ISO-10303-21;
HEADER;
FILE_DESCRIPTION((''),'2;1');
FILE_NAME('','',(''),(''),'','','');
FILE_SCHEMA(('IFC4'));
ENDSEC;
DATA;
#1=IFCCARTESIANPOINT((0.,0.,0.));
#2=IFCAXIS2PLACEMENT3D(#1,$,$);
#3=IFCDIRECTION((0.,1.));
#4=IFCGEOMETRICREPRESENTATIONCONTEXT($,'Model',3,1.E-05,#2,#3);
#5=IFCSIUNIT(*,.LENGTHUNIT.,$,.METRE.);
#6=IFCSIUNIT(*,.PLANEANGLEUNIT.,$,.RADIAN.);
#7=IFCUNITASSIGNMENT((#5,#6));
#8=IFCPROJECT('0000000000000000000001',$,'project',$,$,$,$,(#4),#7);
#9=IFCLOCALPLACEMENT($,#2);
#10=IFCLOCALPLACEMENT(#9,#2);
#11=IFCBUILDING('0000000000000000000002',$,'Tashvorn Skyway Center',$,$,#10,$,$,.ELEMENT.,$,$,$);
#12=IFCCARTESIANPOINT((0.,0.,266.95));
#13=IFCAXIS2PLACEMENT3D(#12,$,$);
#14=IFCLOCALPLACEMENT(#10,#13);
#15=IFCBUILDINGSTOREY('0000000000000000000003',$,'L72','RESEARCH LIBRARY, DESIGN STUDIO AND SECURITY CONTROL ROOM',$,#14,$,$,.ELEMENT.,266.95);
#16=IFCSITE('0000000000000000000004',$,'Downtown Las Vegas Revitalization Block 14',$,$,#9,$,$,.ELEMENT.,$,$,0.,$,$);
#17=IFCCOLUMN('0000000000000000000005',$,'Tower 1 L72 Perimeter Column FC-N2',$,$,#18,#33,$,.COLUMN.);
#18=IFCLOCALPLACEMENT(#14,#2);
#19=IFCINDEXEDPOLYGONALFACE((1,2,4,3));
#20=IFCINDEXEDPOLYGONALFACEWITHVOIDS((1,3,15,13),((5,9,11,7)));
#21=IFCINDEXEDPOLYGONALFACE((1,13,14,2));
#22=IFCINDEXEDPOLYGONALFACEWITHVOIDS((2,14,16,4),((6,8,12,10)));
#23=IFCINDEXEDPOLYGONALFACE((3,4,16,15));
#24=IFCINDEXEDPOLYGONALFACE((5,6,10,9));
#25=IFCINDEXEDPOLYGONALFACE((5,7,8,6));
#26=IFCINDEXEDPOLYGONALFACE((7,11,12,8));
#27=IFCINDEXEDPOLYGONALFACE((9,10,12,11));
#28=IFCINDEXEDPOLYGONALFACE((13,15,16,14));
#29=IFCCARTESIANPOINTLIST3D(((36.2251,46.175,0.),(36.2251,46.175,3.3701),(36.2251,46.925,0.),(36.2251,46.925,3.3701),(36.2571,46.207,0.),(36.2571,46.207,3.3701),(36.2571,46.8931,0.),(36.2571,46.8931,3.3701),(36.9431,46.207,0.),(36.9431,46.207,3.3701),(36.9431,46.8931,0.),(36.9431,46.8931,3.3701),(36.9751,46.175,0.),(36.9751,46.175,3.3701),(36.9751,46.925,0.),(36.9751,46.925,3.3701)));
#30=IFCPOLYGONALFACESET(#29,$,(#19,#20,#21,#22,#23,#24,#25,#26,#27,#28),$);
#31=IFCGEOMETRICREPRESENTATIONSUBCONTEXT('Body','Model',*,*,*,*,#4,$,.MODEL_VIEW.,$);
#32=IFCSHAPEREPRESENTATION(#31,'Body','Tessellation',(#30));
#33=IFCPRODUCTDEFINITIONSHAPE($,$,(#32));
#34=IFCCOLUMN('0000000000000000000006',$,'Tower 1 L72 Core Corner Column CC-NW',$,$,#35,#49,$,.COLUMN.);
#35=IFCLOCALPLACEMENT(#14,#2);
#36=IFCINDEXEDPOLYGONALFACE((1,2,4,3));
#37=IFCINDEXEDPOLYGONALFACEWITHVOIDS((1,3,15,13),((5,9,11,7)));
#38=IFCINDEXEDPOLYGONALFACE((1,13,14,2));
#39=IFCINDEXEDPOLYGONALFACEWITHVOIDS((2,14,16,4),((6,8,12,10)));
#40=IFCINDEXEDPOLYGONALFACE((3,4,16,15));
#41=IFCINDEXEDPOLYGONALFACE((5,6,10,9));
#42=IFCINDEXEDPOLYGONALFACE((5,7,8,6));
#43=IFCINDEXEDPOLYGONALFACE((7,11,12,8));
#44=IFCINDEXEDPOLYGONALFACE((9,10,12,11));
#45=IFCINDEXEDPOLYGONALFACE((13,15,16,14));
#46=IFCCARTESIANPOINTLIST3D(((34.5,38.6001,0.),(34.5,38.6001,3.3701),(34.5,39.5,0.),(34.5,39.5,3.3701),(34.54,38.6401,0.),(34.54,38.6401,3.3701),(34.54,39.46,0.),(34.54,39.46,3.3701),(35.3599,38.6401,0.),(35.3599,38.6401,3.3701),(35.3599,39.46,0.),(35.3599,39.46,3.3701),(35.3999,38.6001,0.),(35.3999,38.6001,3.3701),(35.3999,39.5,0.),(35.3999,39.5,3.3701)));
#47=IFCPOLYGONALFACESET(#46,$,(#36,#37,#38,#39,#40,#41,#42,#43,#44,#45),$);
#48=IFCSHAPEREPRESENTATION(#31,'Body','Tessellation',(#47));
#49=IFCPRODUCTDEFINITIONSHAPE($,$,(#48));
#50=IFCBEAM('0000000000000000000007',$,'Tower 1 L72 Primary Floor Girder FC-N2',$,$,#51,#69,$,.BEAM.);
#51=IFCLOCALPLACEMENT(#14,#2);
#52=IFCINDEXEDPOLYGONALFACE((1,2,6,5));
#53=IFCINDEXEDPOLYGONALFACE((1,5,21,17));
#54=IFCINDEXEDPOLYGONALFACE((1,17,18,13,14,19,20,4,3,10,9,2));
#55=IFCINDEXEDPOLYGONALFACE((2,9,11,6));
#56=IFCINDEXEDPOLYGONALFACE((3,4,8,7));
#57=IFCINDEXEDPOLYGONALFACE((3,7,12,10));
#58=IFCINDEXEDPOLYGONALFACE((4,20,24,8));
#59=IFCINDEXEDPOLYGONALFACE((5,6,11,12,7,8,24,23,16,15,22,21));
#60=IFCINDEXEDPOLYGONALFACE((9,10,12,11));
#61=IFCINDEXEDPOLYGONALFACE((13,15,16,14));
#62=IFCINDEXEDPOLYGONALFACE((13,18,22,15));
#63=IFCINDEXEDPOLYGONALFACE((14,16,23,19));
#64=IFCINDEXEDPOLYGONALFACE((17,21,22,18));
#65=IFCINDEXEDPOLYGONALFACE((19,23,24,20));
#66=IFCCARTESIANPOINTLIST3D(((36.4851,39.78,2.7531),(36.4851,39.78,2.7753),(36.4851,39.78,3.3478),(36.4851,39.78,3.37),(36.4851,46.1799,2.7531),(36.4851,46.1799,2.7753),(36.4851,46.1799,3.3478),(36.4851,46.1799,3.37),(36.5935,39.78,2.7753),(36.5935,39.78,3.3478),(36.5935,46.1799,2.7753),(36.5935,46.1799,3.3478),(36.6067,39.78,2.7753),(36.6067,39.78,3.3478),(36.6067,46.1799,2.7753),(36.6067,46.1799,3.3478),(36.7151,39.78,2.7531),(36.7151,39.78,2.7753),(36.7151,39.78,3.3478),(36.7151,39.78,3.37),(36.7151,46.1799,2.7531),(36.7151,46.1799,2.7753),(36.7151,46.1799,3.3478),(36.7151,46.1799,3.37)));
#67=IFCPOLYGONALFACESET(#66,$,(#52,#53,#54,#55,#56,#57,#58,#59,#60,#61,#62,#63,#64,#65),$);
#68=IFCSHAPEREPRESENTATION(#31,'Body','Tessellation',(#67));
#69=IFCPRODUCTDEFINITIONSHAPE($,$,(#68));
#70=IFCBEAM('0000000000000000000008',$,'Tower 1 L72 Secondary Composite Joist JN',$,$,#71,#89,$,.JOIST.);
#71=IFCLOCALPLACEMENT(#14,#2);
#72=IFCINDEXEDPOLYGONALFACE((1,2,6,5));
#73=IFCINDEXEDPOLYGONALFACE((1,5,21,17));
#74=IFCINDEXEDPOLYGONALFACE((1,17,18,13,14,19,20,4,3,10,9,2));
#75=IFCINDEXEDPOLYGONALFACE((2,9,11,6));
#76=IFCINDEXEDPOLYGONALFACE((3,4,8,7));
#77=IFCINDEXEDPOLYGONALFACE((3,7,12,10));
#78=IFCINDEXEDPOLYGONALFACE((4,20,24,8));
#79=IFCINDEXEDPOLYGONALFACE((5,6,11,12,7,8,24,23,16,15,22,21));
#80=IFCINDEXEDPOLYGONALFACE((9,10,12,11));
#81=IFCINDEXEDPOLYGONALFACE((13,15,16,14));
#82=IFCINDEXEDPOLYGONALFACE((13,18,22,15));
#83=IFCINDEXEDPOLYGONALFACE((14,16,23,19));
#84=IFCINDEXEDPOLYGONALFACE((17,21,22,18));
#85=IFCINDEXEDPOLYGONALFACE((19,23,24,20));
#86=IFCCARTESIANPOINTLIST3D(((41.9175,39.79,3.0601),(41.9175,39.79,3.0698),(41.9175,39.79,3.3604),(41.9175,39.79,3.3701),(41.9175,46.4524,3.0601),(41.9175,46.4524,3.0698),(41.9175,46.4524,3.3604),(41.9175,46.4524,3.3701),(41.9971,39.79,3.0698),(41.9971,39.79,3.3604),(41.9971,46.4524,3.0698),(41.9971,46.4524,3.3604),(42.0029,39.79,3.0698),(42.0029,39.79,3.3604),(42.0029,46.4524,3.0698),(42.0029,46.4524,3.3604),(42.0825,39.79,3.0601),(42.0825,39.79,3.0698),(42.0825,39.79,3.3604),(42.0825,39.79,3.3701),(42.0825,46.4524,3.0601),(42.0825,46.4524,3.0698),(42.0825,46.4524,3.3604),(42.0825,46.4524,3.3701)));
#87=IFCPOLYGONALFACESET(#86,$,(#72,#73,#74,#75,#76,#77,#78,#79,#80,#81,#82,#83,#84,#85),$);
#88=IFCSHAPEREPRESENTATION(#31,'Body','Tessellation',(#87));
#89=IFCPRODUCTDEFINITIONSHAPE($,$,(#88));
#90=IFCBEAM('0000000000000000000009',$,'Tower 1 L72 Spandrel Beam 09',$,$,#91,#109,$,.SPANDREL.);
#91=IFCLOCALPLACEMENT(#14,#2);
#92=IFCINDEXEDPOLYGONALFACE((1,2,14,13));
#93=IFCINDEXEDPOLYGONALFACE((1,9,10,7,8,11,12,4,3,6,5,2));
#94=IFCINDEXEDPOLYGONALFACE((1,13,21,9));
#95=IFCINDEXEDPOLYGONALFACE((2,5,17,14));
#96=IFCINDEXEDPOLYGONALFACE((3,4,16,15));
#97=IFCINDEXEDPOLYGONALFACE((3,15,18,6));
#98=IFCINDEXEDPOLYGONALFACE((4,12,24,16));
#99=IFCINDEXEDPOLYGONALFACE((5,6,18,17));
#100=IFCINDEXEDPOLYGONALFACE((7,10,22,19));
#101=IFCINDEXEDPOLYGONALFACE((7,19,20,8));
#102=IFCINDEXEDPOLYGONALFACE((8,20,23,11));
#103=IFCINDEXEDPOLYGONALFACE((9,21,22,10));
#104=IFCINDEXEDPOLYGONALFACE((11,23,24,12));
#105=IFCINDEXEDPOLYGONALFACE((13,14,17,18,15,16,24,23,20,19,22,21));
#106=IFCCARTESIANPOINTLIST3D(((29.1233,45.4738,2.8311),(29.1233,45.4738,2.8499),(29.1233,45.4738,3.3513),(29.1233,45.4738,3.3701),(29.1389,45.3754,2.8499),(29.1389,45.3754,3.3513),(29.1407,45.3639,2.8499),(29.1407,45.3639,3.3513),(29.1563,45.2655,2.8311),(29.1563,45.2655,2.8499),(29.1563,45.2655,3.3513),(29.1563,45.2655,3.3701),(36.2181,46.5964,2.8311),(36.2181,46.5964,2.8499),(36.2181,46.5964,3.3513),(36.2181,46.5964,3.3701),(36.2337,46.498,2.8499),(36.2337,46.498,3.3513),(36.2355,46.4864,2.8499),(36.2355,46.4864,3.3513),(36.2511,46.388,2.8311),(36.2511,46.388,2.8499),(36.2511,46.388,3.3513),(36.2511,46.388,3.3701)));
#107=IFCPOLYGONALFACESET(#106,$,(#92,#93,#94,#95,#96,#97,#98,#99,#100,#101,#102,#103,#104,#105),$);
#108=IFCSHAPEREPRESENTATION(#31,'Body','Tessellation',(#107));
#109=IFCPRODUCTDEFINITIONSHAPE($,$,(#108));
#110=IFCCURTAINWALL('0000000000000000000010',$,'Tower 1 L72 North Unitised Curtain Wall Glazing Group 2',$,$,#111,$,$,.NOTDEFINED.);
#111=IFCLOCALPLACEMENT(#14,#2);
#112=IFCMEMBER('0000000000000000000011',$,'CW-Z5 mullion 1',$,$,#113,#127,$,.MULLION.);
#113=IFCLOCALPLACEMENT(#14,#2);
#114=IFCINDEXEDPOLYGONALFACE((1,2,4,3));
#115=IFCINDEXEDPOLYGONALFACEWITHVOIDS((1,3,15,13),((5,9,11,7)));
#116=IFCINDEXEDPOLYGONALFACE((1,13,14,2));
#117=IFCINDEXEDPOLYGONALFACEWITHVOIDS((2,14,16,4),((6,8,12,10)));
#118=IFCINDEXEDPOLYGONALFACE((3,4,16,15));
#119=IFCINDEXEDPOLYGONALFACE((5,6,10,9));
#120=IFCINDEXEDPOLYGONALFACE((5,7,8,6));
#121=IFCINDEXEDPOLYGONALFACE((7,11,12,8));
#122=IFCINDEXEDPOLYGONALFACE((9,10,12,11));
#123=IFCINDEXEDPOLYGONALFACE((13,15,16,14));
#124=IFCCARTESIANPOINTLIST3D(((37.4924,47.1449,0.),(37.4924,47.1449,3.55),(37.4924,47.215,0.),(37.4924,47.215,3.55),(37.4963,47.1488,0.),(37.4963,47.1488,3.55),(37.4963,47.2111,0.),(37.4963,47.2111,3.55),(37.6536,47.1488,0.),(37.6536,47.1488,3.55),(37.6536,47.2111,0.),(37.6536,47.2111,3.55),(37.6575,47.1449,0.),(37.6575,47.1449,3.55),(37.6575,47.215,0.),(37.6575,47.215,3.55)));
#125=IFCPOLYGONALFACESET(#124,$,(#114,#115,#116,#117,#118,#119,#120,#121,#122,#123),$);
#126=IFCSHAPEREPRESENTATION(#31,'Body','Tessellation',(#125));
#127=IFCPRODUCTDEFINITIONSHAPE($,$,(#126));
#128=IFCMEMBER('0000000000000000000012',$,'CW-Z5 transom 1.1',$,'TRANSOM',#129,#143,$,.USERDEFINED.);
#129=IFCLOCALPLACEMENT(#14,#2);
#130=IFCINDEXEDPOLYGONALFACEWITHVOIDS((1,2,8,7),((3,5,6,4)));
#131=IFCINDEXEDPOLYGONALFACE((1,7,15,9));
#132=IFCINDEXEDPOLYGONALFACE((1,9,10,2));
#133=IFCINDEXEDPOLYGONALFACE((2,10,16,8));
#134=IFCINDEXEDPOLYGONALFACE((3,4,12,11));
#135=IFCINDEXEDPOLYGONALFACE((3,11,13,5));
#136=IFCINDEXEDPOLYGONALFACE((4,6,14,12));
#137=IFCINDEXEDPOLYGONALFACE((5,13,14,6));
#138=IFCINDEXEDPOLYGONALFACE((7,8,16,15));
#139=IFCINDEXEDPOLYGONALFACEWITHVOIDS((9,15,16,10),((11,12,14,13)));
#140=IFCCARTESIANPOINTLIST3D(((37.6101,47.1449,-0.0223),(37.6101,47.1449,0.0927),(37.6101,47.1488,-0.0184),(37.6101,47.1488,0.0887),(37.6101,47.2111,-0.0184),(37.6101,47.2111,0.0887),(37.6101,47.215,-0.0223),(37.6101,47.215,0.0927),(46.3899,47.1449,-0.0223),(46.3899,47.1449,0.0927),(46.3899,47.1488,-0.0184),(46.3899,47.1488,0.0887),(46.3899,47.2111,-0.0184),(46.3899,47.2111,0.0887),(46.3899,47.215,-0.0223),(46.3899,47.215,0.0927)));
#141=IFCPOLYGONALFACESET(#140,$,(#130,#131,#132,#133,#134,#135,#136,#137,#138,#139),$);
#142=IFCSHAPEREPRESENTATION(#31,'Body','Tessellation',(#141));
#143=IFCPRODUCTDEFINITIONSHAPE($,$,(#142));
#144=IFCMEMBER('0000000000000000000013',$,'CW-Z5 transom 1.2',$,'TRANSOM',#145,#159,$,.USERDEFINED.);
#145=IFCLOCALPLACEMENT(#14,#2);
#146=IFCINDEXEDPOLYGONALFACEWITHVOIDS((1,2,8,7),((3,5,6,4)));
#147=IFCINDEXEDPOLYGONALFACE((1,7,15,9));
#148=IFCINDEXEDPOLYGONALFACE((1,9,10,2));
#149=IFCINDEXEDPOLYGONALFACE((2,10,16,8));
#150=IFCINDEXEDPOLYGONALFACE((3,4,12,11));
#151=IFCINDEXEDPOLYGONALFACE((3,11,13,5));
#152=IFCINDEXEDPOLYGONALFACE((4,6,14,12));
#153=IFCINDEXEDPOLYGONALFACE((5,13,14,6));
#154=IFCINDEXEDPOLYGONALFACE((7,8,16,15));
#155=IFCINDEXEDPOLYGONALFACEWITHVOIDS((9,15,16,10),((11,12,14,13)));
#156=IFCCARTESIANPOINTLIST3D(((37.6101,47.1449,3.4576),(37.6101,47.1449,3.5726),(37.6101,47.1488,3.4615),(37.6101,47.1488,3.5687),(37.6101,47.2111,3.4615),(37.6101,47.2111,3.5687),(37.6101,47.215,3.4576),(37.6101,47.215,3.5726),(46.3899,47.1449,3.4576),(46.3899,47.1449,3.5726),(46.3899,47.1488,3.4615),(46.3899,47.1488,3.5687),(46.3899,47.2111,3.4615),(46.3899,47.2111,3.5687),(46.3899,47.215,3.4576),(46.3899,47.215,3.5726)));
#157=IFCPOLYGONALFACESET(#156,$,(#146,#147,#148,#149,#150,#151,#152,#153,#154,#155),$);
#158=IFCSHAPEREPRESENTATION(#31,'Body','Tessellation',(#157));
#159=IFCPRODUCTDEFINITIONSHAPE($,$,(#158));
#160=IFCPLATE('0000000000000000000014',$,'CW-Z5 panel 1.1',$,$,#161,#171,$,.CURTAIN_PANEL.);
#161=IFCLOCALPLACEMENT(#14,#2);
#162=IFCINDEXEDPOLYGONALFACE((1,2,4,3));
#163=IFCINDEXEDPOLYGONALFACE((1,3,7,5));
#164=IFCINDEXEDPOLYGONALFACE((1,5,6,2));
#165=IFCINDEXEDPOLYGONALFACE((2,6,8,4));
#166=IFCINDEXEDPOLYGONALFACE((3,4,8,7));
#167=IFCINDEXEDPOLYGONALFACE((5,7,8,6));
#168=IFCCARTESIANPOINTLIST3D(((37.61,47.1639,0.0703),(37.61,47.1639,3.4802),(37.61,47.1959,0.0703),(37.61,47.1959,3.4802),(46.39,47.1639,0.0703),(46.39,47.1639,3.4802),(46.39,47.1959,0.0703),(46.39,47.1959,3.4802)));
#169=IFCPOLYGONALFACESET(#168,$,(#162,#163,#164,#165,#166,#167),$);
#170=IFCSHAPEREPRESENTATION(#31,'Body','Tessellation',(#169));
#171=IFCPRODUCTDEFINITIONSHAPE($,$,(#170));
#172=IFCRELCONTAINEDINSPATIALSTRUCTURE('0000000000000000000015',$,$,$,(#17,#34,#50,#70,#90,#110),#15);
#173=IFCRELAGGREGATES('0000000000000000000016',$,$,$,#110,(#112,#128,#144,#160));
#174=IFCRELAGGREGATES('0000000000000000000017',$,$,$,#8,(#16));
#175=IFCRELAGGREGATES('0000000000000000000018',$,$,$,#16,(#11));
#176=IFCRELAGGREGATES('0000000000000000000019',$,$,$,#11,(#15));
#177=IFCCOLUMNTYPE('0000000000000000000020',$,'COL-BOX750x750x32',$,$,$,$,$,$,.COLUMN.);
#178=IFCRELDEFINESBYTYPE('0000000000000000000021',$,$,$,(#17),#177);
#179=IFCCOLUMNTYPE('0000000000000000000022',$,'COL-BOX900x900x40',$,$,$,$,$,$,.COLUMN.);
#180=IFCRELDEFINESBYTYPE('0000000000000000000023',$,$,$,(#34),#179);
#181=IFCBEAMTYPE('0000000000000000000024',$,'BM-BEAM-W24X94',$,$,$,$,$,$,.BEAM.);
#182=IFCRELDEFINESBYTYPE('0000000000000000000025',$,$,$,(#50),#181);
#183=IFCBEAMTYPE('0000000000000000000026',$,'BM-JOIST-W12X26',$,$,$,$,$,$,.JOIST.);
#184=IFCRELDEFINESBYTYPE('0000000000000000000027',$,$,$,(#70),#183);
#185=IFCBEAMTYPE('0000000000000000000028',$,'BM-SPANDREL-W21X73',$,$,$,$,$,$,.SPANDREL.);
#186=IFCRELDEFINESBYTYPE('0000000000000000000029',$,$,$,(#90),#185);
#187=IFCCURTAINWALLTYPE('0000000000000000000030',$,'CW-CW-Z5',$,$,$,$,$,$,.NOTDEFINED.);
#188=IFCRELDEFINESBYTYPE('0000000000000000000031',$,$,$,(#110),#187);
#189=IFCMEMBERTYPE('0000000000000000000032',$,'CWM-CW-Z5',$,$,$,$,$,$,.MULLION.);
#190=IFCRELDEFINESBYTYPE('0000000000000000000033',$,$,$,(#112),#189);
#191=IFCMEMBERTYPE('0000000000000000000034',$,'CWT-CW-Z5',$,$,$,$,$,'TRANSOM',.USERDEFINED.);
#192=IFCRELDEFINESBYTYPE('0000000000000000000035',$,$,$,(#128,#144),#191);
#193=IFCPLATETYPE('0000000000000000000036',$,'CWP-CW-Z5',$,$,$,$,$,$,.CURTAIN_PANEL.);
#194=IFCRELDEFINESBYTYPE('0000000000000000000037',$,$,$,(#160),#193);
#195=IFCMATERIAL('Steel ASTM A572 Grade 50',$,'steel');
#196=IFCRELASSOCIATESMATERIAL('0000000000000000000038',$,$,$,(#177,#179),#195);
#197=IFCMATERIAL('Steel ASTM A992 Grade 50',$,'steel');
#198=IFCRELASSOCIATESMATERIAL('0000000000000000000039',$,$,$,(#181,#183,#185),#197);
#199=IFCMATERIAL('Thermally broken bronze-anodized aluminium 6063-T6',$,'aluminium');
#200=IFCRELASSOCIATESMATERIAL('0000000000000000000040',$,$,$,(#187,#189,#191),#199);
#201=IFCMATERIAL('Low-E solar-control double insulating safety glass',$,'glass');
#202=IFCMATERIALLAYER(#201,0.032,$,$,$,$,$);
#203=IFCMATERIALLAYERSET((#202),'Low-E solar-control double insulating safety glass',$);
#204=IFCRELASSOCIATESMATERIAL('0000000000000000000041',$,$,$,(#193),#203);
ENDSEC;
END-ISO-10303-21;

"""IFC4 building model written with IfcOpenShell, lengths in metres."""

from ifc_helpers import new_model, si_unit, direction, frame, origin, origin_2d, place, context, subcontext, project, spatial, rectangle, hollow_rectangle, i_section, extrude, material, layer, layer_set, material_profile, profile_set, type_object, element, aggregate, save


model = new_model("IFC4")

# Units and contexts
model_context = context("Model", 3, precision=1e-05, world=origin(), true_north=direction((0.0, 1.0)))
body_context = subcontext(model_context, "Body", "Model", "MODEL_VIEW")
ifc_project = project(units=[si_unit("LENGTHUNIT", "METRE"), si_unit("PLANEANGLEUNIT", "RADIAN")], contexts=[model_context])

# Site, building, storey
site_placement = place(None, origin())
site = spatial("IfcSite", under=ifc_project, at=site_placement, Name="Downtown Las Vegas Revitalization Block 14", CompositionType="ELEMENT", RefElevation=0.0)
building_placement = place(site_placement, origin())
building = spatial("IfcBuilding", under=site, at=building_placement, Name="Tashvorn Skyway Center", CompositionType="ELEMENT")
storey_placement = place(building_placement, frame((0.0, 0.0, 266.95)))
storey = spatial("IfcBuildingStorey", under=building, at=storey_placement, Name="L72", Description="RESEARCH LIBRARY, DESIGN STUDIO AND SECURITY CONTROL ROOM", CompositionType="ELEMENT", Elevation=266.95)

# Columns
ifc_material_1 = material(Name="Steel ASTM A572 Grade 50", Category="steel")
ifc_material_profile_1 = material_profile(ifc_material_1, hollow_rectangle(XDim=0.75, YDim=0.75, WallThickness=0.032, at=origin_2d()), Name="BOX750x750x32")
ifc_profile_set_1 = profile_set([ifc_material_profile_1], Name="Steel ASTM A572 Grade 50")
column_type_1 = type_object("IfcColumnType", Name="COL-BOX750x750x32", PredefinedType="COLUMN", material=ifc_profile_set_1)
column_1_placement = place(storey_placement, frame((36.6001, 46.55, 0.0), z_axis=(0.0, 0.0, 1.0), x_axis=(1.0, 0.0, 0.0)))
element("IfcColumn", 1, at=column_1_placement, inside=storey, type_object=column_type_1, Name="Tower 1 L72 Perimeter Column FC-N2", PredefinedType="COLUMN", context=body_context, shape_type="SweptSolid", body=[
    extrude(hollow_rectangle(XDim=0.75, YDim=0.75, WallThickness=0.032, at=origin_2d()), origin(), (0.0, 0.0, 1.0), 3.3701),
])
ifc_material_profile_2 = material_profile(ifc_material_1, hollow_rectangle(XDim=0.8999, YDim=0.8999, WallThickness=0.04, at=origin_2d()), Name="BOX900x900x40")
ifc_profile_set_2 = profile_set([ifc_material_profile_2], Name="Steel ASTM A572 Grade 50")
column_type_2 = type_object("IfcColumnType", Name="COL-BOX900x900x40", PredefinedType="COLUMN", material=ifc_profile_set_2)
column_2_placement = place(storey_placement, frame((34.95, 39.05, 0.0), z_axis=(0.0, 0.0, 1.0), x_axis=(1.0, 0.0, 0.0)))
element("IfcColumn", 2, at=column_2_placement, inside=storey, type_object=column_type_2, Name="Tower 1 L72 Core Corner Column CC-NW", PredefinedType="COLUMN", context=body_context, shape_type="SweptSolid", body=[
    extrude(hollow_rectangle(XDim=0.8999, YDim=0.8999, WallThickness=0.04, at=origin_2d()), origin(), (0.0, 0.0, 1.0), 3.3701),
])

# Beams
ifc_material_2 = material(Name="Steel ASTM A992 Grade 50", Category="steel")
ifc_material_profile_3 = material_profile(ifc_material_2, i_section(OverallWidth=0.23, OverallDepth=0.6169, WebThickness=0.0132, FlangeThickness=0.0222, at=origin_2d()), Name="W24X94")
ifc_profile_set_3 = profile_set([ifc_material_profile_3], Name="Steel ASTM A992 Grade 50")
beam_type_1 = type_object("IfcBeamType", Name="BM-BEAM-W24X94", PredefinedType="BEAM", material=ifc_profile_set_3)
beam_1_placement = place(storey_placement, frame((36.6001, 46.1799, 3.0615), z_axis=(0.0, -1.0, 0.0), x_axis=(1.0, 0.0, 0.0)))
element("IfcBeam", 3, at=beam_1_placement, inside=storey, type_object=beam_type_1, Name="Tower 1 L72 Primary Floor Girder FC-N2", PredefinedType="BEAM", context=body_context, shape_type="SweptSolid", body=[
    extrude(i_section(OverallWidth=0.23, OverallDepth=0.6169, WebThickness=0.0132, FlangeThickness=0.0222, at=origin_2d()), origin(), (0.0, 0.0, 1.0), 6.3999),
])
ifc_material_profile_4 = material_profile(ifc_material_2, i_section(OverallWidth=0.165, OverallDepth=0.3101, WebThickness=0.0059, FlangeThickness=0.0098, at=origin_2d()), Name="W12X26")
ifc_profile_set_4 = profile_set([ifc_material_profile_4], Name="Steel ASTM A992 Grade 50")
beam_type_2 = type_object("IfcBeamType", Name="BM-JOIST-W12X26", PredefinedType="JOIST", material=ifc_profile_set_4)
beam_2_placement = place(storey_placement, frame((42.0, 39.79, 3.2151), z_axis=(0.0, 1.0, 0.0), x_axis=(-1.0, 0.0, 0.0)))
element("IfcBeam", 4, at=beam_2_placement, inside=storey, type_object=beam_type_2, Name="Tower 1 L72 Secondary Composite Joist JN", PredefinedType="JOIST", context=body_context, shape_type="SweptSolid", body=[
    extrude(i_section(OverallWidth=0.165, OverallDepth=0.3101, WebThickness=0.0059, FlangeThickness=0.0098, at=origin_2d()), origin(), (0.0, 0.0, 1.0), 6.6624),
])
ifc_material_profile_5 = material_profile(ifc_material_2, i_section(OverallWidth=0.2109, OverallDepth=0.5391, WebThickness=0.0117, FlangeThickness=0.0188, at=origin_2d()), Name="W21X73")
ifc_profile_set_5 = profile_set([ifc_material_profile_5], Name="Steel ASTM A992 Grade 50")
beam_type_3 = type_object("IfcBeamType", Name="BM-SPANDREL-W21X73", PredefinedType="SPANDREL", material=ifc_profile_set_5)
beam_3_placement = place(storey_placement, frame((36.2346, 46.4922, 3.1006), z_axis=(-0.987714, -0.156275, 0.0), x_axis=(0.156275, -0.987714, 0.0)))
element("IfcBeam", 5, at=beam_3_placement, inside=storey, type_object=beam_type_3, Name="Tower 1 L72 Spandrel Beam 09", PredefinedType="SPANDREL", context=body_context, shape_type="SweptSolid", body=[
    extrude(i_section(OverallWidth=0.2109, OverallDepth=0.5391, WebThickness=0.0117, FlangeThickness=0.0188, at=origin_2d()), origin(), (0.0, 0.0, 1.0), 7.1831),
])

# Curtain wall, members, plate
ifc_material_3 = material(Name="Thermally broken bronze-anodized aluminium 6063-T6", Category="aluminium")
curtain_wall_type = type_object("IfcCurtainWallType", Name="CW-CW-Z5", PredefinedType="NOTDEFINED", material=ifc_material_3)
curtain_wall_placement = place(storey_placement, origin())
curtain_wall = element("IfcCurtainWall", 6, at=curtain_wall_placement, inside=storey, type_object=curtain_wall_type, Name="Tower 1 L72 North Unitised Curtain Wall Glazing Group 2", PredefinedType="NOTDEFINED")
ifc_material_profile_6 = material_profile(ifc_material_3, hollow_rectangle(XDim=0.0701, YDim=0.165, WallThickness=0.0039, at=origin_2d()), Name="ALU-MULL-70x165")
ifc_profile_set_6 = profile_set([ifc_material_profile_6], Name="Thermally broken bronze-anodized aluminium 6063-T6")
member_type_1 = type_object("IfcMemberType", Name="CWM-CW-Z5", PredefinedType="MULLION", material=ifc_profile_set_6)
member_1_placement = place(storey_placement, frame((37.575, 47.1799, 0.0), z_axis=(0.0, 0.0, 1.0), x_axis=(0.0, 1.0, 0.0)))
member_1 = element("IfcMember", 7, at=member_1_placement, type_object=member_type_1, Name="CW-Z5 mullion 1", PredefinedType="MULLION", context=body_context, shape_type="SweptSolid", body=[
    extrude(hollow_rectangle(XDim=0.0701, YDim=0.165, WallThickness=0.0039, at=origin_2d()), origin(), (0.0, 0.0, 1.0), 3.55),
])
ifc_material_profile_7 = material_profile(ifc_material_3, hollow_rectangle(XDim=0.0701, YDim=0.115, WallThickness=0.0039, at=origin_2d()), Name="ALU-TRAN-70x115")
ifc_profile_set_7 = profile_set([ifc_material_profile_7], Name="Thermally broken bronze-anodized aluminium 6063-T6")
member_type_2 = type_object("IfcMemberType", Name="CWT-CW-Z5", ElementType="TRANSOM", PredefinedType="USERDEFINED", material=ifc_profile_set_7)
member_2_placement = place(storey_placement, frame((37.6101, 47.1799, 0.0352), z_axis=(1.0, 0.0, 0.0), x_axis=(0.0, 1.0, 0.0)))
member_2 = element("IfcMember", 8, at=member_2_placement, type_object=member_type_2, Name="CW-Z5 transom 1.1", ObjectType="TRANSOM", PredefinedType="USERDEFINED", context=body_context, shape_type="SweptSolid", body=[
    extrude(hollow_rectangle(XDim=0.0701, YDim=0.115, WallThickness=0.0039, at=origin_2d()), origin(), (0.0, 0.0, 1.0), 8.7798),
])
member_3_placement = place(storey_placement, frame((37.6101, 47.1799, 3.5151), z_axis=(1.0, 0.0, 0.0), x_axis=(0.0, 1.0, 0.0)))
member_3 = element("IfcMember", 9, at=member_3_placement, type_object=member_type_2, Name="CW-Z5 transom 1.2", ObjectType="TRANSOM", PredefinedType="USERDEFINED", context=body_context, shape_type="SweptSolid", body=[
    extrude(hollow_rectangle(XDim=0.0701, YDim=0.115, WallThickness=0.0039, at=origin_2d()), origin(), (0.0, 0.0, 1.0), 8.7798),
])
ifc_material_4 = material(Name="Low-E solar-control double insulating safety glass", Category="glass")
ifc_layer_1 = layer(ifc_material_4, 0.032)
ifc_layer_set_1 = layer_set([ifc_layer_1], Name="Low-E solar-control double insulating safety glass")
plate_type = type_object("IfcPlateType", Name="CWP-CW-Z5", PredefinedType="CURTAIN_PANEL", material=ifc_layer_set_1)
plate_placement = place(storey_placement, frame((42.0, 47.1799, 0.0703), z_axis=(0.0, 0.0, 1.0), x_axis=(1.0, 0.0, 0.0)))
plate = element("IfcPlate", 10, at=plate_placement, type_object=plate_type, Name="CW-Z5 panel 1.1", PredefinedType="CURTAIN_PANEL", context=body_context, shape_type="SweptSolid", body=[
    extrude(rectangle(XDim=8.78, YDim=0.032, at=origin_2d()), origin(), (0.0, 0.0, 1.0), 3.4099),
])
aggregate(curtain_wall, [member_1, member_2, member_3, plate])

save(model, "model.ifc")
